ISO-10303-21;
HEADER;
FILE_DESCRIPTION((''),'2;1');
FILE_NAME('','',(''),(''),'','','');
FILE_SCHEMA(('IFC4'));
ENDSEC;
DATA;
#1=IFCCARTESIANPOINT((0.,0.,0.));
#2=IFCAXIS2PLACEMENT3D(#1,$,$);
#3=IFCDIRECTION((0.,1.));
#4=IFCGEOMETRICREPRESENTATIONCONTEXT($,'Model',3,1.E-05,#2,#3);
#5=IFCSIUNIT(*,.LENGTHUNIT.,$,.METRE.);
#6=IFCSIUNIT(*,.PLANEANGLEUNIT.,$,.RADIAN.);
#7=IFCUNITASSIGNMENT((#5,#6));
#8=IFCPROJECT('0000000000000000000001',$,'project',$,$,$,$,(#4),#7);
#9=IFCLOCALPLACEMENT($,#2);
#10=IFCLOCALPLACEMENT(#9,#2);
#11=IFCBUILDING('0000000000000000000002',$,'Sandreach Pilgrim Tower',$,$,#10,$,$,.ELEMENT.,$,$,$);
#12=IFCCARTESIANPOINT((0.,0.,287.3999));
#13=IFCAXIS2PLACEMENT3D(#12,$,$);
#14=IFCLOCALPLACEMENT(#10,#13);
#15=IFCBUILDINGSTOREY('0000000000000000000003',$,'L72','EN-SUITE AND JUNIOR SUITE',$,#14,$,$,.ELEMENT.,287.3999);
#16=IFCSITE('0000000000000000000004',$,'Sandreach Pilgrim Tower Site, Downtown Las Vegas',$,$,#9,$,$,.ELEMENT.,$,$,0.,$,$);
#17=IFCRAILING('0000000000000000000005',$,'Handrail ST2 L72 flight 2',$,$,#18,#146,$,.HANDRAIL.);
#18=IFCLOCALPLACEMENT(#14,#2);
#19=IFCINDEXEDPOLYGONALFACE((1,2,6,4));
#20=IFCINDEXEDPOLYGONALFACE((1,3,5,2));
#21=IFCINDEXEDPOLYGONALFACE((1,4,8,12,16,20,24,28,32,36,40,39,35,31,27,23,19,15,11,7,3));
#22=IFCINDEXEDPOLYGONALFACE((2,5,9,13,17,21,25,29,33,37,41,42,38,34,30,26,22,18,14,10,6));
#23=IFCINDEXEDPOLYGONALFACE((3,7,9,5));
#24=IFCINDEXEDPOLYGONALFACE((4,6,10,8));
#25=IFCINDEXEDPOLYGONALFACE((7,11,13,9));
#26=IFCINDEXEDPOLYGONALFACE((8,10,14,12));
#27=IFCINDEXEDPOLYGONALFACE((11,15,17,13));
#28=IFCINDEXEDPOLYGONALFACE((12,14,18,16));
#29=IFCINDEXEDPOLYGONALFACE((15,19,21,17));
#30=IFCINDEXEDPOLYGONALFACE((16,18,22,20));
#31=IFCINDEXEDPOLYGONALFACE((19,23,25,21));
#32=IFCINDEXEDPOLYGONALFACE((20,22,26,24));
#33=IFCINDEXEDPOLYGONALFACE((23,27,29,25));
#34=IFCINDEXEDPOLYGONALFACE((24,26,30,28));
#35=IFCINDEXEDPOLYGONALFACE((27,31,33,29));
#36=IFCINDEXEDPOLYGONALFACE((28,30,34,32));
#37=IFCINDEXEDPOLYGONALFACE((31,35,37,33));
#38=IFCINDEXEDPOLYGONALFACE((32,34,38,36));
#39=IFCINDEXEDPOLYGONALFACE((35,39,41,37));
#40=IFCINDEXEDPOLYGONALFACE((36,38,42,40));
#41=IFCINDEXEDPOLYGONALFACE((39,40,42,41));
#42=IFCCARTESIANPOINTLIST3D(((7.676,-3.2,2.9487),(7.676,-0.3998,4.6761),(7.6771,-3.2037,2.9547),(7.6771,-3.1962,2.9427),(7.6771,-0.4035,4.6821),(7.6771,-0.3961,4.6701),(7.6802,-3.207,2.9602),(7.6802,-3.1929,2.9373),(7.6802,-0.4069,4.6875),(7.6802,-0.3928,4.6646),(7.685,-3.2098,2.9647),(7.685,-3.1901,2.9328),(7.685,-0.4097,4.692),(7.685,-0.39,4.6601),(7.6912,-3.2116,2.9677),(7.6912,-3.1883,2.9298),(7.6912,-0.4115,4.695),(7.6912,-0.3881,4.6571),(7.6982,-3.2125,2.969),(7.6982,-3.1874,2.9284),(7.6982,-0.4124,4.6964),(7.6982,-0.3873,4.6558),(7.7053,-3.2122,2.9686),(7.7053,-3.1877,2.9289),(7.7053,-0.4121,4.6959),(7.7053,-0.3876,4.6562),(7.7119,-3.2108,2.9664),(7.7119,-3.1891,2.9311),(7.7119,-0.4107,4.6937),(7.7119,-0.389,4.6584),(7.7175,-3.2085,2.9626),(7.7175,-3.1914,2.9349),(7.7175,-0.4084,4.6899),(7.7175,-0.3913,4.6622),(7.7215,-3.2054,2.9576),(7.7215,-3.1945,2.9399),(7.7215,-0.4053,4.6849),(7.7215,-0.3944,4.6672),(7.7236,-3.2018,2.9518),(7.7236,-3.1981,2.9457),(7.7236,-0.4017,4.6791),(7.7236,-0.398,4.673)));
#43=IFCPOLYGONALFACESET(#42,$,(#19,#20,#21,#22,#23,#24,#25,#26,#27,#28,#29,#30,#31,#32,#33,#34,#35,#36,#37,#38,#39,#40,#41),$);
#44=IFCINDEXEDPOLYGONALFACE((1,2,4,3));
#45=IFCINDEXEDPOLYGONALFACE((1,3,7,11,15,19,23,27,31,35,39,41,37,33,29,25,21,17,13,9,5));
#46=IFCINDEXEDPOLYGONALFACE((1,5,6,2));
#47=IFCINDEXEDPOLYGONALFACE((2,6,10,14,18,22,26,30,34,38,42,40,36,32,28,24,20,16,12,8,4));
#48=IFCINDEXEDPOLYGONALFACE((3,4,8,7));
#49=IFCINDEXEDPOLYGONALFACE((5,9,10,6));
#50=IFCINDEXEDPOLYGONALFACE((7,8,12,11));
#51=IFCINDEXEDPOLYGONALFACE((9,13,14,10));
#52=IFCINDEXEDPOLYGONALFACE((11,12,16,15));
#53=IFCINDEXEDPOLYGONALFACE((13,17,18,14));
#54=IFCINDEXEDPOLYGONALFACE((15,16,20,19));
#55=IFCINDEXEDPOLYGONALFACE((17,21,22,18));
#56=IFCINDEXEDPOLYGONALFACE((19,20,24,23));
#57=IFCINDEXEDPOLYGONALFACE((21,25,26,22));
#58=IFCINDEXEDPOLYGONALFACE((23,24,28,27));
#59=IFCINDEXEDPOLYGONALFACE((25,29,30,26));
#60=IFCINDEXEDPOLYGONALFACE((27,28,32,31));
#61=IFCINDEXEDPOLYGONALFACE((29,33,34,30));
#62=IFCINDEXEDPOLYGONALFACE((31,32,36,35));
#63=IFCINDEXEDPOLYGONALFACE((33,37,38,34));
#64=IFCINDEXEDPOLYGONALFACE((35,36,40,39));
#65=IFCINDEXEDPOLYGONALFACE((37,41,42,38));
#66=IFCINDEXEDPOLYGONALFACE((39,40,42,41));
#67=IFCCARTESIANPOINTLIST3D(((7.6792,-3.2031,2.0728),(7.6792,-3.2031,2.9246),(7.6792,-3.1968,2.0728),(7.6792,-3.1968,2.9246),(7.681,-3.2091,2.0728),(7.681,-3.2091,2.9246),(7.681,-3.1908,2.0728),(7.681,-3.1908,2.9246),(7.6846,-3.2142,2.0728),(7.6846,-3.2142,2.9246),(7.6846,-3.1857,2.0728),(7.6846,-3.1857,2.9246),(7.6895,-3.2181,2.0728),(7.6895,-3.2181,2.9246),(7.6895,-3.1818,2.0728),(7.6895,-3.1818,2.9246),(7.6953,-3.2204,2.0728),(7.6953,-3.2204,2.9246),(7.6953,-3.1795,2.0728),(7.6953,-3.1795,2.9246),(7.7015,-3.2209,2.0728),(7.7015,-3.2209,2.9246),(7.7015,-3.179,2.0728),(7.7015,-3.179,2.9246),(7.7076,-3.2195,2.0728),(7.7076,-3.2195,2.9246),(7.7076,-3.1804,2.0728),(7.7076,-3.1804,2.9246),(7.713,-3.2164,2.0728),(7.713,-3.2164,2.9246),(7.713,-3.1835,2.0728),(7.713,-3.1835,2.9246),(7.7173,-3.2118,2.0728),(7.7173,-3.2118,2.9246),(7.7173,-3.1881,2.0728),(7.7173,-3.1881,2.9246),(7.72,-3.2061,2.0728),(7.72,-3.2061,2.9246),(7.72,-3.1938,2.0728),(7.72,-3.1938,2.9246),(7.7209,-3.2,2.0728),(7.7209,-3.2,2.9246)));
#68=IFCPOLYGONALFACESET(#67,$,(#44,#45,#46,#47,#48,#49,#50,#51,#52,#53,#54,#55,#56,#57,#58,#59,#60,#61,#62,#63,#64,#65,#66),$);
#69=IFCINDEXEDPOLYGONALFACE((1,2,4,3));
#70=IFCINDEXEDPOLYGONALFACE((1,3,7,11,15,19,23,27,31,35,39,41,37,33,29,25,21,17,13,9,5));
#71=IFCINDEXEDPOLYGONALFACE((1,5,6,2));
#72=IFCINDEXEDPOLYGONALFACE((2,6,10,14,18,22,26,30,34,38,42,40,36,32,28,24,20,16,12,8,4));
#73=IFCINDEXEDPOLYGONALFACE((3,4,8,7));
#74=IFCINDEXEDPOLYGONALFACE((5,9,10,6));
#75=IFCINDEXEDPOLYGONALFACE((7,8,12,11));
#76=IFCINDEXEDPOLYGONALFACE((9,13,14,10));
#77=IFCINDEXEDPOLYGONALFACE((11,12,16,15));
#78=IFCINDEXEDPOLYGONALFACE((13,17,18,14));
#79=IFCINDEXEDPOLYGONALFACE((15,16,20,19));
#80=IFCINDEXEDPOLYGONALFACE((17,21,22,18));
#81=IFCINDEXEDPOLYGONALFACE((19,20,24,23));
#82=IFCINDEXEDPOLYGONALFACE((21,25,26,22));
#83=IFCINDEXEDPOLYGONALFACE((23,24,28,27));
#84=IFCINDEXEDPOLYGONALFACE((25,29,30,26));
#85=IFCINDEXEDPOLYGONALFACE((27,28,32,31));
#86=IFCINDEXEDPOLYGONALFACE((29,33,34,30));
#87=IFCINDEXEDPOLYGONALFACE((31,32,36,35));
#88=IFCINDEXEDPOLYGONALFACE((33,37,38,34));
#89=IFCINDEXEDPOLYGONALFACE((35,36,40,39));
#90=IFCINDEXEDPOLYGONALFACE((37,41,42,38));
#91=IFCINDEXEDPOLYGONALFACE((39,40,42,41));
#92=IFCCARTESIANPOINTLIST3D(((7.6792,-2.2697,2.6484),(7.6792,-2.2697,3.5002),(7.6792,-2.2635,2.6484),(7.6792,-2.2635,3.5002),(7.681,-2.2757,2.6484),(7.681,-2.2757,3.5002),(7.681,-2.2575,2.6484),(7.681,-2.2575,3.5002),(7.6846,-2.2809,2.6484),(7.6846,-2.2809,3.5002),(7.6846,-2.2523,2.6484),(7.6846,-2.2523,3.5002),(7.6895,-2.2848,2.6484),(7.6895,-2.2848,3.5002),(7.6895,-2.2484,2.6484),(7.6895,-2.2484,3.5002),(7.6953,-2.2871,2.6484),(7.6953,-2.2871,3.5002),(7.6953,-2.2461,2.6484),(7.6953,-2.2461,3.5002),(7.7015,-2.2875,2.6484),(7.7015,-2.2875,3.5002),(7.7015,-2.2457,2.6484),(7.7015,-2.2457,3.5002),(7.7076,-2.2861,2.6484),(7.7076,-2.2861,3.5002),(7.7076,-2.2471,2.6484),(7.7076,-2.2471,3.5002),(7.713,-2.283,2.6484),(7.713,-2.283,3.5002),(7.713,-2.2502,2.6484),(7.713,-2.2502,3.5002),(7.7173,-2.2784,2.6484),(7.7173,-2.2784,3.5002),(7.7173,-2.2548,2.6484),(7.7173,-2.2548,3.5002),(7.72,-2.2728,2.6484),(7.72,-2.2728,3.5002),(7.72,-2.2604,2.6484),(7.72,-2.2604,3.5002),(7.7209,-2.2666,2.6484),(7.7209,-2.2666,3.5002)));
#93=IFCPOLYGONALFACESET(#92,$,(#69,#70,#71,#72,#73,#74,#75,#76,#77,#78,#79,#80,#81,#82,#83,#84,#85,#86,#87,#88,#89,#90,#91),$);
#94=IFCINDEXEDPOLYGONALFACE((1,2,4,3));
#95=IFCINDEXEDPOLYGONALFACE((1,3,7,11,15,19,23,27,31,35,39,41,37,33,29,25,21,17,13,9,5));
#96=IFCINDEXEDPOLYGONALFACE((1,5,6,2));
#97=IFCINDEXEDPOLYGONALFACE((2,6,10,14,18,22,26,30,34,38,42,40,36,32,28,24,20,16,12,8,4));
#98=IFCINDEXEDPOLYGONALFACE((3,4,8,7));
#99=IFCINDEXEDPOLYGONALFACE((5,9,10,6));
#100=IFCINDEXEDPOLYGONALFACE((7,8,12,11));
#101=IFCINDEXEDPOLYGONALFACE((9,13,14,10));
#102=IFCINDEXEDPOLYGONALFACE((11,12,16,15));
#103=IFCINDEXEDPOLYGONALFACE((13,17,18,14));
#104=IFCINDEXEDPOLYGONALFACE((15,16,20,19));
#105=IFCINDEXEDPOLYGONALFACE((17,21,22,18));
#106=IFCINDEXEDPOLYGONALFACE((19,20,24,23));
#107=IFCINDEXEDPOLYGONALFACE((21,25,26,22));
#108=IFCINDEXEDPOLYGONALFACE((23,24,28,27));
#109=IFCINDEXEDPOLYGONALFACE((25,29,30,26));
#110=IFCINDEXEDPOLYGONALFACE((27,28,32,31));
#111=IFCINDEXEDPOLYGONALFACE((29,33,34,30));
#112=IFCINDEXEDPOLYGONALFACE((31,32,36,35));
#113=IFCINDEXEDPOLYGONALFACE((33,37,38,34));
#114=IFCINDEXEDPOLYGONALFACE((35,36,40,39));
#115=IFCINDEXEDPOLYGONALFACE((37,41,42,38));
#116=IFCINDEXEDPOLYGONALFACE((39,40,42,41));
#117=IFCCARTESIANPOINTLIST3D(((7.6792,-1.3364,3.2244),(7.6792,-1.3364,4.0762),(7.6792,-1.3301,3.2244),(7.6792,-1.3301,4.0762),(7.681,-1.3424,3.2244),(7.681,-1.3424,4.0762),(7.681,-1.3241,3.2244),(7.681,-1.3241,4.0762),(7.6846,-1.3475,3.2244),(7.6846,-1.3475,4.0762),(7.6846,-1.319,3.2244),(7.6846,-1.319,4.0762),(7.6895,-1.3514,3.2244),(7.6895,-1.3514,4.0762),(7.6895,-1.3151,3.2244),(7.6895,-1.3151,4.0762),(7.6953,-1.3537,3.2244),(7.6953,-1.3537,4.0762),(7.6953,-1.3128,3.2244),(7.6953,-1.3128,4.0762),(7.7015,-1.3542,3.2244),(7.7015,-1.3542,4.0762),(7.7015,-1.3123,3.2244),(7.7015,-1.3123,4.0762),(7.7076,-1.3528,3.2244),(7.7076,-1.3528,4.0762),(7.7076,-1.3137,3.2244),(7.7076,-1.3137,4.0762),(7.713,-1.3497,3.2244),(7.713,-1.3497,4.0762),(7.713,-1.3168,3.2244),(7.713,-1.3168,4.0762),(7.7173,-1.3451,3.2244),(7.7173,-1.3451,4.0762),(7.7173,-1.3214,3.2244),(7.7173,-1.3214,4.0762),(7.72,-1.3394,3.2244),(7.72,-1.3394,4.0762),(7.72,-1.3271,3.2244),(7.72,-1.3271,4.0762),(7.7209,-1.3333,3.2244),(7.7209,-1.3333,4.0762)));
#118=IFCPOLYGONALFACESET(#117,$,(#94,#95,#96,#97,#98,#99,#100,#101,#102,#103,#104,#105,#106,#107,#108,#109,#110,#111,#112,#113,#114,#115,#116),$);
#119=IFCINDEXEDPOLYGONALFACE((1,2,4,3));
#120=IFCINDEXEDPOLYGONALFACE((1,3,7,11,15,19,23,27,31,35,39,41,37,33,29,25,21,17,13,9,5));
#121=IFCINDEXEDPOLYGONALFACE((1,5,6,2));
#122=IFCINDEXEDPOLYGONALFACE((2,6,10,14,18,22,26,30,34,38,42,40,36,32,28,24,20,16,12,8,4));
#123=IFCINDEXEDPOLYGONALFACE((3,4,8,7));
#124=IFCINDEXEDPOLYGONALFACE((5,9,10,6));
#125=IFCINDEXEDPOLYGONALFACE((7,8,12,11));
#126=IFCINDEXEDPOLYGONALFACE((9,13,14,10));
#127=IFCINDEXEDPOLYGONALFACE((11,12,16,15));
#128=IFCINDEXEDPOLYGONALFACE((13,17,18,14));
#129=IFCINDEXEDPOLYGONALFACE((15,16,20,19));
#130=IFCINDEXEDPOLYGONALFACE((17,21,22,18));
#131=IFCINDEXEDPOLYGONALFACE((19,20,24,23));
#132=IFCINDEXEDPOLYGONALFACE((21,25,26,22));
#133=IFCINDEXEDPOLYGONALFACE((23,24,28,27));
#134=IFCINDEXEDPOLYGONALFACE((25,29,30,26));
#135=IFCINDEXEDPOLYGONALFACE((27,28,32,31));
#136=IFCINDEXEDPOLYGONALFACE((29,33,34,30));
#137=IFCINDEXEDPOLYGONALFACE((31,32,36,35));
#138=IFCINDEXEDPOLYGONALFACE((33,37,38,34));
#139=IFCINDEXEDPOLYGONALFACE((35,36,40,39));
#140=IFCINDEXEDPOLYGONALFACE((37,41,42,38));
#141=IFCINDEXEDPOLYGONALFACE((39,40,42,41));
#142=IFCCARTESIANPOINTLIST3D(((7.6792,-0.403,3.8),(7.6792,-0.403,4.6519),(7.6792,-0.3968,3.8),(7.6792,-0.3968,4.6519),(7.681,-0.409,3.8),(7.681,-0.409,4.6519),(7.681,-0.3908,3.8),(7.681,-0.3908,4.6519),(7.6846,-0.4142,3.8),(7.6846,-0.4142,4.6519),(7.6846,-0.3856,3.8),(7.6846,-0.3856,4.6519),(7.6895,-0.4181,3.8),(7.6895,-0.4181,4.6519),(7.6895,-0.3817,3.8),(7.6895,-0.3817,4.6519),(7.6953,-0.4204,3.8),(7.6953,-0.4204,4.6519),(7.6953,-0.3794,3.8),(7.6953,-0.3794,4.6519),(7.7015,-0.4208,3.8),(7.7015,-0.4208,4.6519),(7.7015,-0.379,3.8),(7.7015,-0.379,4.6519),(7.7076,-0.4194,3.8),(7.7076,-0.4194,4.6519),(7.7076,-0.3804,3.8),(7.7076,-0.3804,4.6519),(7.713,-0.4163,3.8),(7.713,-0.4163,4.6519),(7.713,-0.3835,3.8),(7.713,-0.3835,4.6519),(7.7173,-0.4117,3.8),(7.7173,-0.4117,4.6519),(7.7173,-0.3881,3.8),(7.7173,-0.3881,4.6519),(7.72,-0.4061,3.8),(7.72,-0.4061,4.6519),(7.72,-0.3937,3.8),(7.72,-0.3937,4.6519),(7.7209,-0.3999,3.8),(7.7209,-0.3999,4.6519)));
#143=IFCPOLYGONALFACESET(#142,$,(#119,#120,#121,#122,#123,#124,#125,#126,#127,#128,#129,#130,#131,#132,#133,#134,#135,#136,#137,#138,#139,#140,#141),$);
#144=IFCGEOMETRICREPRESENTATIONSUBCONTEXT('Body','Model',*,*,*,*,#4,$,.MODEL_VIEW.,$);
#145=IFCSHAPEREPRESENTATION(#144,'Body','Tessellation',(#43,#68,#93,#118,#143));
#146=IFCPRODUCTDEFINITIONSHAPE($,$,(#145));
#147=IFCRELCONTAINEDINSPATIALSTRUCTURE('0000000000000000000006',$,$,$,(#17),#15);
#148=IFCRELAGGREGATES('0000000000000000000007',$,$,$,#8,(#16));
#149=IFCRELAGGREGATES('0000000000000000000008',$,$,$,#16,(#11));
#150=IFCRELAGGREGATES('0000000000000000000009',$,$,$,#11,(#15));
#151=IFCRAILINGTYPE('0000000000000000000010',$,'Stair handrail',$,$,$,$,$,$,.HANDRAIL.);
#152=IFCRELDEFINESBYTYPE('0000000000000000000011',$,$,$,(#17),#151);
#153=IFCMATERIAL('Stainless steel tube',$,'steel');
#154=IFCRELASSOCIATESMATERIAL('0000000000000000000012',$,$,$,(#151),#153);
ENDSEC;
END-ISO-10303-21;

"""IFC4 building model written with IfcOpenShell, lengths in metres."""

from ifc_helpers import new_model, si_unit, direction, frame, origin, origin_2d, place, context, subcontext, project, spatial, circle, extrude, material, type_object, element, save


model = new_model("IFC4")

# Units and contexts
model_context = context("Model", 3, precision=1e-05, world=origin(), true_north=direction((0.0, 1.0)))
body_context = subcontext(model_context, "Body", "Model", "MODEL_VIEW")
ifc_project = project(units=[si_unit("LENGTHUNIT", "METRE"), si_unit("PLANEANGLEUNIT", "RADIAN")], contexts=[model_context])

# Site, building, storey
site_placement = place(None, origin())
site = spatial("IfcSite", under=ifc_project, at=site_placement, Name="Sandreach Pilgrim Tower Site, Downtown Las Vegas", CompositionType="ELEMENT", RefElevation=0.0)
building_placement = place(site_placement, origin())
building = spatial("IfcBuilding", under=site, at=building_placement, Name="Sandreach Pilgrim Tower", CompositionType="ELEMENT")
storey_placement = place(building_placement, frame((0.0, 0.0, 287.3999)))
storey = spatial("IfcBuildingStorey", under=building, at=storey_placement, Name="L72", Description="EN-SUITE AND JUNIOR SUITE", CompositionType="ELEMENT", Elevation=287.3999)

# Railing
ifc_material_1 = material(Name="Stainless steel tube", Category="steel")
railing_type = type_object("IfcRailingType", Name="Stair handrail", PredefinedType="HANDRAIL", material=ifc_material_1)
for number, where, name in (
    (1, (7.7, -3.2, 2.0728), "Handrail ST2 L72 flight 2"),
):
    element("IfcRailing", number, at=place(storey_placement, frame(where)), inside=storey, type_object=railing_type, Name=name, PredefinedType="HANDRAIL", context=body_context, shape_type="SweptSolid", body=[
        extrude(circle(Radius=0.0239, at=origin_2d()), frame((0.0, 0.0, 0.876), z_axis=(0.0, 0.85109, 0.52502), x_axis=(-1.0, 0.0, 0.0)), (0.0, 0.0, 1.0), 3.29),
        extrude(circle(Radius=0.021, at=origin_2d()), origin(), (0.0, 0.0, 1.0), 0.8518),
        extrude(circle(Radius=0.021, at=origin_2d()), frame((0.0, 0.9333, 0.5757)), (0.0, 0.0, 1.0), 0.8518),
        extrude(circle(Radius=0.021, at=origin_2d()), frame((0.0, 1.8667, 1.1516)), (0.0, 0.0, 1.0), 0.8518),
        extrude(circle(Radius=0.021, at=origin_2d()), frame((0.0, 2.8, 1.7273)), (0.0, 0.0, 1.0), 0.8518),
    ])

save(model, "model.ifc")
